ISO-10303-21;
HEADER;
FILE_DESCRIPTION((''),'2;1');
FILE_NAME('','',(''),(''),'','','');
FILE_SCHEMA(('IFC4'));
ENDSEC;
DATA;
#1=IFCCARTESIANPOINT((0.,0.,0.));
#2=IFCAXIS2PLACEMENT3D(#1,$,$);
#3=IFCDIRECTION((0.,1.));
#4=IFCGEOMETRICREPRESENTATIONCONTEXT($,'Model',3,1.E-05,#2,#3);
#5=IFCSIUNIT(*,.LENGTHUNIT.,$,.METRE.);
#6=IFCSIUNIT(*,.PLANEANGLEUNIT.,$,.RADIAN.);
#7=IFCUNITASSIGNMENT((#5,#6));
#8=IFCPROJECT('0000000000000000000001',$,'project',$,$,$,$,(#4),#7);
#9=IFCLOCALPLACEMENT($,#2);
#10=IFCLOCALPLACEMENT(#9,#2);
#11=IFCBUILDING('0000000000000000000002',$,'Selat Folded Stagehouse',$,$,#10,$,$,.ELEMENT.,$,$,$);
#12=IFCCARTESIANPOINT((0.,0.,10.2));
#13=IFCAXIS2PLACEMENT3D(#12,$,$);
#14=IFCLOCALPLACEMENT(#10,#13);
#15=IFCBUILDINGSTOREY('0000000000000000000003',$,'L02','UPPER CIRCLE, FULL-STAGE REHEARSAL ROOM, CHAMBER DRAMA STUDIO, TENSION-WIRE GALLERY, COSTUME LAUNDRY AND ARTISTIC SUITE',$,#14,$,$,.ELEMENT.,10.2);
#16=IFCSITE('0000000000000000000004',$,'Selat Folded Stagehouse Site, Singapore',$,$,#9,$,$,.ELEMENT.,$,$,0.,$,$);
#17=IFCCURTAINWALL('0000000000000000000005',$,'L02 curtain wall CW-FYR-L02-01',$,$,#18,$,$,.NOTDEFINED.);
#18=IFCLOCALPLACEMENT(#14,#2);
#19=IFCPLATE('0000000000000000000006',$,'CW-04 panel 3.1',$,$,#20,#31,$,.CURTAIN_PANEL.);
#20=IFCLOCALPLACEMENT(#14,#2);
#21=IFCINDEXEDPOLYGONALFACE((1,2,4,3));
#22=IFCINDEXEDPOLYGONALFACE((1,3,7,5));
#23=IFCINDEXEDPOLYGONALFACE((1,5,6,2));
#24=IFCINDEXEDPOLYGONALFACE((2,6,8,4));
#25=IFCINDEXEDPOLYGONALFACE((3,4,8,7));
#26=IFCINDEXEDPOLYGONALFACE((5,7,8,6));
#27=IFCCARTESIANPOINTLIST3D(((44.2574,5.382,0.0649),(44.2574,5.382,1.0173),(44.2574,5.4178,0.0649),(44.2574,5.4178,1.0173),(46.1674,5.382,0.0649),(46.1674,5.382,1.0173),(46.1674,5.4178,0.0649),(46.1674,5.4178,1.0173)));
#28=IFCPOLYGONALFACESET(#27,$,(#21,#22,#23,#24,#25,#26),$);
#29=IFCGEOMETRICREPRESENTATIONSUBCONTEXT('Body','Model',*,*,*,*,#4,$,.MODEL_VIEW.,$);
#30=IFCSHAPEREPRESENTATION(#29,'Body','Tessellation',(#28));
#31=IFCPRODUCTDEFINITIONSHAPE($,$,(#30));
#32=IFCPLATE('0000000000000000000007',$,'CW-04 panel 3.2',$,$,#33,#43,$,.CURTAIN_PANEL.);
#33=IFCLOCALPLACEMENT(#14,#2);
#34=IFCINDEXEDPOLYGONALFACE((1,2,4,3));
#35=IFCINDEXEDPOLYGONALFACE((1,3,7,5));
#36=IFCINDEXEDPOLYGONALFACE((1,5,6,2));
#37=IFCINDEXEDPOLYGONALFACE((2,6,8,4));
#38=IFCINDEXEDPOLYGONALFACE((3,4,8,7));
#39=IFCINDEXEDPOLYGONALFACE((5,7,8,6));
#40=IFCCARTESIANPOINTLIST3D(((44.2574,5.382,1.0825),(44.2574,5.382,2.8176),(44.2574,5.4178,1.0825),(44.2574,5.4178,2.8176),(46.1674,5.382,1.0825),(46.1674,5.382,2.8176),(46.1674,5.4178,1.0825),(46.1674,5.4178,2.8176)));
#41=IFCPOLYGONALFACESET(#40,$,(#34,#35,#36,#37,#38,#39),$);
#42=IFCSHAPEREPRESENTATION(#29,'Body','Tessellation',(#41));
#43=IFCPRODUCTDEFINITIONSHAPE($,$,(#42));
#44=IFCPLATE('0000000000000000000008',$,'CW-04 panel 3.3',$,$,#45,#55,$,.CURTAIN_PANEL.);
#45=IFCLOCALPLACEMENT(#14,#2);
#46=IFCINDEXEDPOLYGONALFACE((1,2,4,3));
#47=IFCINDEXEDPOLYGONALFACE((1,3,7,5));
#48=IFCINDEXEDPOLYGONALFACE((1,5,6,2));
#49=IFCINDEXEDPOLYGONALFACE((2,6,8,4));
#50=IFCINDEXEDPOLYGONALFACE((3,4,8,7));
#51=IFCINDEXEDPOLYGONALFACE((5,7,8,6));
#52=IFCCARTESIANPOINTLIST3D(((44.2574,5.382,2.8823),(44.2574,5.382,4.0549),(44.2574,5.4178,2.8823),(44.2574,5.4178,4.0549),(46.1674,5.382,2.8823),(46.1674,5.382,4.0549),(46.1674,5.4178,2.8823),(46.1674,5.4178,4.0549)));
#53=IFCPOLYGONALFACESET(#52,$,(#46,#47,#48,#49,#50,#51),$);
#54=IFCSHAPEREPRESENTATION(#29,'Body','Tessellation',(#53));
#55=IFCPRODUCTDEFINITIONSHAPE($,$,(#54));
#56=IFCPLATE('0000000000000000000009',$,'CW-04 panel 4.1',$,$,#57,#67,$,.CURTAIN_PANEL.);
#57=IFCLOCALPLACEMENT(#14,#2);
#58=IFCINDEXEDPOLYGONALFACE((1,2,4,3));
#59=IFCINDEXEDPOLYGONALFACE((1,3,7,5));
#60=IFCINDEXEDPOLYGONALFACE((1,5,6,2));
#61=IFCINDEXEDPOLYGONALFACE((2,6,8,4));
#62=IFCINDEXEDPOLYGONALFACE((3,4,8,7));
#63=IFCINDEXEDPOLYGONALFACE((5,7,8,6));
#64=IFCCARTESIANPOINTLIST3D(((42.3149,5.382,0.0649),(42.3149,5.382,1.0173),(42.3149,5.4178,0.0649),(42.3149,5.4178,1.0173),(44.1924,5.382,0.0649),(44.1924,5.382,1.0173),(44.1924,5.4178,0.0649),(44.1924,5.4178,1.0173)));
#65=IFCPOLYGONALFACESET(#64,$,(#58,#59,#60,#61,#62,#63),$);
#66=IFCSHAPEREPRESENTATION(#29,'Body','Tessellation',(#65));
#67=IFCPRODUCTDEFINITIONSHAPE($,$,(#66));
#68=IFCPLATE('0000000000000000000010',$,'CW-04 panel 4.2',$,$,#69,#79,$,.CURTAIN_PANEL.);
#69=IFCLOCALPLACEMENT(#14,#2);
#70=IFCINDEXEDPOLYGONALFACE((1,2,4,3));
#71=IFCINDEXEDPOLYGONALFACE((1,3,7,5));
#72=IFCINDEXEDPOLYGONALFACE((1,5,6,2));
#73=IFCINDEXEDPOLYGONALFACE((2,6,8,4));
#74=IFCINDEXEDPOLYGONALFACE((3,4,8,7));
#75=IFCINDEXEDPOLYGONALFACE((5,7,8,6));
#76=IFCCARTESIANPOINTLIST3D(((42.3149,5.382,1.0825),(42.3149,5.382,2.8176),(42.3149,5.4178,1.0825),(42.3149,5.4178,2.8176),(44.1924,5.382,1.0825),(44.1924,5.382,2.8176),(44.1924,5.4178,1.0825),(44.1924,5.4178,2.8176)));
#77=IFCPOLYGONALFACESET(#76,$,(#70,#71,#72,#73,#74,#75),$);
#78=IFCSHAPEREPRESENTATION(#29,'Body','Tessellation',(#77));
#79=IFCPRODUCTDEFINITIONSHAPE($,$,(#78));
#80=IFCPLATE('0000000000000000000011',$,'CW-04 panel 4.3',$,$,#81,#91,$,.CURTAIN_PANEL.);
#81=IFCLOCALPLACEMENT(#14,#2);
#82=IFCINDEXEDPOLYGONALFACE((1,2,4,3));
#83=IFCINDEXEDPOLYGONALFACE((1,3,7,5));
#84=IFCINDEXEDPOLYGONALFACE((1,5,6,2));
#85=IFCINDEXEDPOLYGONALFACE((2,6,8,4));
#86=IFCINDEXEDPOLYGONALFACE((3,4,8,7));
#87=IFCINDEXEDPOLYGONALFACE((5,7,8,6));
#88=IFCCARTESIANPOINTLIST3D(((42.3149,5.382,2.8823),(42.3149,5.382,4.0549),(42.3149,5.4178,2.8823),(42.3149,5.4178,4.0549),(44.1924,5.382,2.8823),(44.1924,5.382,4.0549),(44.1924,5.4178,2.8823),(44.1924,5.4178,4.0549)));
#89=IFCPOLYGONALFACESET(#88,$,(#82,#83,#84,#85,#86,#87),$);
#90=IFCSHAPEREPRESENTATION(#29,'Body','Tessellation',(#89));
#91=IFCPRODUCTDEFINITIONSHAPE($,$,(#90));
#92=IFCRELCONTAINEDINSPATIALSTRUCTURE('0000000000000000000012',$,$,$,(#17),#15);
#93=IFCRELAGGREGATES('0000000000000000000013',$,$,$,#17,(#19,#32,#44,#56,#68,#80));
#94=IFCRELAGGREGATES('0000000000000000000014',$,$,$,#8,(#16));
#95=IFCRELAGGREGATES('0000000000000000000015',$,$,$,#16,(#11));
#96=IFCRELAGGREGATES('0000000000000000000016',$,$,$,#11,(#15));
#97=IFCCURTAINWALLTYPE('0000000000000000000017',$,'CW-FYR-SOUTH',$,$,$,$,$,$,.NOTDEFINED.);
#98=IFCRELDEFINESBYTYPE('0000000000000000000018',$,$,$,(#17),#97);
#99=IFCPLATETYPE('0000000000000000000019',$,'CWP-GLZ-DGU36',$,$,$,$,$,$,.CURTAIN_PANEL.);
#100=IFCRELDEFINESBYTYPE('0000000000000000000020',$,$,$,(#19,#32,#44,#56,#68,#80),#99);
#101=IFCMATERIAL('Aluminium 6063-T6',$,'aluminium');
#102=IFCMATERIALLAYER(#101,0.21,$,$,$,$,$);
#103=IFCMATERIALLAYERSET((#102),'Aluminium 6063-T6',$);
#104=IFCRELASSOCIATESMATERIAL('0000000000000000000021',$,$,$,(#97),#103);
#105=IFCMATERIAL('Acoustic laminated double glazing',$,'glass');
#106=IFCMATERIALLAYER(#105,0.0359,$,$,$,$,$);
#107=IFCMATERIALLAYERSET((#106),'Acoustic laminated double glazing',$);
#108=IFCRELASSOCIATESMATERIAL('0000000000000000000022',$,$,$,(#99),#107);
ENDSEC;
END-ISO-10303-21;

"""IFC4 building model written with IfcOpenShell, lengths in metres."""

from ifc_helpers import new_model, si_unit, direction, frame, origin, origin_2d, place, context, subcontext, project, spatial, rectangle, extrude, material, layer, layer_set, type_object, element, aggregate, save


model = new_model("IFC4")

# Units and contexts
model_context = context("Model", 3, precision=1e-05, world=origin(), true_north=direction((0.0, 1.0)))
body_context = subcontext(model_context, "Body", "Model", "MODEL_VIEW")
ifc_project = project(units=[si_unit("LENGTHUNIT", "METRE"), si_unit("PLANEANGLEUNIT", "RADIAN")], contexts=[model_context])

# Site, building, storey
site_placement = place(None, origin())
site = spatial("IfcSite", under=ifc_project, at=site_placement, Name="Selat Folded Stagehouse Site, Singapore", CompositionType="ELEMENT", RefElevation=0.0)
building_placement = place(site_placement, origin())
building = spatial("IfcBuilding", under=site, at=building_placement, Name="Selat Folded Stagehouse", CompositionType="ELEMENT")
storey_placement = place(building_placement, frame((0.0, 0.0, 10.2)))
storey = spatial("IfcBuildingStorey", under=building, at=storey_placement, Name="L02", Description="UPPER CIRCLE, FULL-STAGE REHEARSAL ROOM, CHAMBER DRAMA STUDIO, TENSION-WIRE GALLERY, COSTUME LAUNDRY AND ARTISTIC SUITE", CompositionType="ELEMENT", Elevation=10.2)

# Curtain wall
ifc_material_1 = material(Name="Aluminium 6063-T6", Category="aluminium")
ifc_layer_1 = layer(ifc_material_1, 0.21)
ifc_layer_set_1 = layer_set([ifc_layer_1], Name="Aluminium 6063-T6")
curtain_wall_type = type_object("IfcCurtainWallType", Name="CW-FYR-SOUTH", PredefinedType="NOTDEFINED", material=ifc_layer_set_1)
curtain_wall_placement = place(storey_placement, origin())
curtain_wall = element("IfcCurtainWall", 1, at=curtain_wall_placement, inside=storey, type_object=curtain_wall_type, Name="L02 curtain wall CW-FYR-L02-01", PredefinedType="NOTDEFINED")

# Plates
ifc_material_2 = material(Name="Acoustic laminated double glazing", Category="glass")
ifc_layer_2 = layer(ifc_material_2, 0.0359)
ifc_layer_set_2 = layer_set([ifc_layer_2], Name="Acoustic laminated double glazing")
plate_type = type_object("IfcPlateType", Name="CWP-GLZ-DGU36", PredefinedType="CURTAIN_PANEL", material=ifc_layer_set_2)
plate_1_placement = place(storey_placement, frame((45.2124, 5.3999, 0.0649), z_axis=(0.0, 0.0, 1.0), x_axis=(-1.0, 0.0, 0.0)))
plate_1 = element("IfcPlate", 2, at=plate_1_placement, type_object=plate_type, Name="CW-04 panel 3.1", PredefinedType="CURTAIN_PANEL", context=body_context, shape_type="SweptSolid", body=[
    extrude(rectangle(XDim=1.9099, YDim=0.0359, at=origin_2d()), origin(), (0.0, 0.0, 1.0), 0.9524),
])
plate_2_placement = place(storey_placement, frame((45.2124, 5.3999, 1.0825), z_axis=(0.0, 0.0, 1.0), x_axis=(-1.0, 0.0, 0.0)))
plate_2 = element("IfcPlate", 3, at=plate_2_placement, type_object=plate_type, Name="CW-04 panel 3.2", PredefinedType="CURTAIN_PANEL", context=body_context, shape_type="SweptSolid", body=[
    extrude(rectangle(XDim=1.9099, YDim=0.0359, at=origin_2d()), origin(), (0.0, 0.0, 1.0), 1.7351),
])
plate_3_placement = place(storey_placement, frame((45.2124, 5.3999, 2.8823), z_axis=(0.0, 0.0, 1.0), x_axis=(-1.0, 0.0, 0.0)))
plate_3 = element("IfcPlate", 4, at=plate_3_placement, type_object=plate_type, Name="CW-04 panel 3.3", PredefinedType="CURTAIN_PANEL", context=body_context, shape_type="SweptSolid", body=[
    extrude(rectangle(XDim=1.9099, YDim=0.0359, at=origin_2d()), origin(), (0.0, 0.0, 1.0), 1.1726),
])
plate_4_placement = place(storey_placement, frame((43.2537, 5.3999, 0.0649), z_axis=(0.0, 0.0, 1.0), x_axis=(-1.0, 0.0, 0.0)))
plate_4 = element("IfcPlate", 5, at=plate_4_placement, type_object=plate_type, Name="CW-04 panel 4.1", PredefinedType="CURTAIN_PANEL", context=body_context, shape_type="SweptSolid", body=[
    extrude(rectangle(XDim=1.8774, YDim=0.0359, at=origin_2d()), origin(), (0.0, 0.0, 1.0), 0.9524),
])
plate_5_placement = place(storey_placement, frame((43.2537, 5.3999, 1.0825), z_axis=(0.0, 0.0, 1.0), x_axis=(-1.0, 0.0, 0.0)))
plate_5 = element("IfcPlate", 6, at=plate_5_placement, type_object=plate_type, Name="CW-04 panel 4.2", PredefinedType="CURTAIN_PANEL", context=body_context, shape_type="SweptSolid", body=[
    extrude(rectangle(XDim=1.8774, YDim=0.0359, at=origin_2d()), origin(), (0.0, 0.0, 1.0), 1.7351),
])
plate_6_placement = place(storey_placement, frame((43.2537, 5.3999, 2.8823), z_axis=(0.0, 0.0, 1.0), x_axis=(-1.0, 0.0, 0.0)))
plate_6 = element("IfcPlate", 7, at=plate_6_placement, type_object=plate_type, Name="CW-04 panel 4.3", PredefinedType="CURTAIN_PANEL", context=body_context, shape_type="SweptSolid", body=[
    extrude(rectangle(XDim=1.8774, YDim=0.0359, at=origin_2d()), origin(), (0.0, 0.0, 1.0), 1.1726),
])
aggregate(curtain_wall, [plate_1, plate_2, plate_3, plate_4, plate_5, plate_6])

save(model, "model.ifc")
